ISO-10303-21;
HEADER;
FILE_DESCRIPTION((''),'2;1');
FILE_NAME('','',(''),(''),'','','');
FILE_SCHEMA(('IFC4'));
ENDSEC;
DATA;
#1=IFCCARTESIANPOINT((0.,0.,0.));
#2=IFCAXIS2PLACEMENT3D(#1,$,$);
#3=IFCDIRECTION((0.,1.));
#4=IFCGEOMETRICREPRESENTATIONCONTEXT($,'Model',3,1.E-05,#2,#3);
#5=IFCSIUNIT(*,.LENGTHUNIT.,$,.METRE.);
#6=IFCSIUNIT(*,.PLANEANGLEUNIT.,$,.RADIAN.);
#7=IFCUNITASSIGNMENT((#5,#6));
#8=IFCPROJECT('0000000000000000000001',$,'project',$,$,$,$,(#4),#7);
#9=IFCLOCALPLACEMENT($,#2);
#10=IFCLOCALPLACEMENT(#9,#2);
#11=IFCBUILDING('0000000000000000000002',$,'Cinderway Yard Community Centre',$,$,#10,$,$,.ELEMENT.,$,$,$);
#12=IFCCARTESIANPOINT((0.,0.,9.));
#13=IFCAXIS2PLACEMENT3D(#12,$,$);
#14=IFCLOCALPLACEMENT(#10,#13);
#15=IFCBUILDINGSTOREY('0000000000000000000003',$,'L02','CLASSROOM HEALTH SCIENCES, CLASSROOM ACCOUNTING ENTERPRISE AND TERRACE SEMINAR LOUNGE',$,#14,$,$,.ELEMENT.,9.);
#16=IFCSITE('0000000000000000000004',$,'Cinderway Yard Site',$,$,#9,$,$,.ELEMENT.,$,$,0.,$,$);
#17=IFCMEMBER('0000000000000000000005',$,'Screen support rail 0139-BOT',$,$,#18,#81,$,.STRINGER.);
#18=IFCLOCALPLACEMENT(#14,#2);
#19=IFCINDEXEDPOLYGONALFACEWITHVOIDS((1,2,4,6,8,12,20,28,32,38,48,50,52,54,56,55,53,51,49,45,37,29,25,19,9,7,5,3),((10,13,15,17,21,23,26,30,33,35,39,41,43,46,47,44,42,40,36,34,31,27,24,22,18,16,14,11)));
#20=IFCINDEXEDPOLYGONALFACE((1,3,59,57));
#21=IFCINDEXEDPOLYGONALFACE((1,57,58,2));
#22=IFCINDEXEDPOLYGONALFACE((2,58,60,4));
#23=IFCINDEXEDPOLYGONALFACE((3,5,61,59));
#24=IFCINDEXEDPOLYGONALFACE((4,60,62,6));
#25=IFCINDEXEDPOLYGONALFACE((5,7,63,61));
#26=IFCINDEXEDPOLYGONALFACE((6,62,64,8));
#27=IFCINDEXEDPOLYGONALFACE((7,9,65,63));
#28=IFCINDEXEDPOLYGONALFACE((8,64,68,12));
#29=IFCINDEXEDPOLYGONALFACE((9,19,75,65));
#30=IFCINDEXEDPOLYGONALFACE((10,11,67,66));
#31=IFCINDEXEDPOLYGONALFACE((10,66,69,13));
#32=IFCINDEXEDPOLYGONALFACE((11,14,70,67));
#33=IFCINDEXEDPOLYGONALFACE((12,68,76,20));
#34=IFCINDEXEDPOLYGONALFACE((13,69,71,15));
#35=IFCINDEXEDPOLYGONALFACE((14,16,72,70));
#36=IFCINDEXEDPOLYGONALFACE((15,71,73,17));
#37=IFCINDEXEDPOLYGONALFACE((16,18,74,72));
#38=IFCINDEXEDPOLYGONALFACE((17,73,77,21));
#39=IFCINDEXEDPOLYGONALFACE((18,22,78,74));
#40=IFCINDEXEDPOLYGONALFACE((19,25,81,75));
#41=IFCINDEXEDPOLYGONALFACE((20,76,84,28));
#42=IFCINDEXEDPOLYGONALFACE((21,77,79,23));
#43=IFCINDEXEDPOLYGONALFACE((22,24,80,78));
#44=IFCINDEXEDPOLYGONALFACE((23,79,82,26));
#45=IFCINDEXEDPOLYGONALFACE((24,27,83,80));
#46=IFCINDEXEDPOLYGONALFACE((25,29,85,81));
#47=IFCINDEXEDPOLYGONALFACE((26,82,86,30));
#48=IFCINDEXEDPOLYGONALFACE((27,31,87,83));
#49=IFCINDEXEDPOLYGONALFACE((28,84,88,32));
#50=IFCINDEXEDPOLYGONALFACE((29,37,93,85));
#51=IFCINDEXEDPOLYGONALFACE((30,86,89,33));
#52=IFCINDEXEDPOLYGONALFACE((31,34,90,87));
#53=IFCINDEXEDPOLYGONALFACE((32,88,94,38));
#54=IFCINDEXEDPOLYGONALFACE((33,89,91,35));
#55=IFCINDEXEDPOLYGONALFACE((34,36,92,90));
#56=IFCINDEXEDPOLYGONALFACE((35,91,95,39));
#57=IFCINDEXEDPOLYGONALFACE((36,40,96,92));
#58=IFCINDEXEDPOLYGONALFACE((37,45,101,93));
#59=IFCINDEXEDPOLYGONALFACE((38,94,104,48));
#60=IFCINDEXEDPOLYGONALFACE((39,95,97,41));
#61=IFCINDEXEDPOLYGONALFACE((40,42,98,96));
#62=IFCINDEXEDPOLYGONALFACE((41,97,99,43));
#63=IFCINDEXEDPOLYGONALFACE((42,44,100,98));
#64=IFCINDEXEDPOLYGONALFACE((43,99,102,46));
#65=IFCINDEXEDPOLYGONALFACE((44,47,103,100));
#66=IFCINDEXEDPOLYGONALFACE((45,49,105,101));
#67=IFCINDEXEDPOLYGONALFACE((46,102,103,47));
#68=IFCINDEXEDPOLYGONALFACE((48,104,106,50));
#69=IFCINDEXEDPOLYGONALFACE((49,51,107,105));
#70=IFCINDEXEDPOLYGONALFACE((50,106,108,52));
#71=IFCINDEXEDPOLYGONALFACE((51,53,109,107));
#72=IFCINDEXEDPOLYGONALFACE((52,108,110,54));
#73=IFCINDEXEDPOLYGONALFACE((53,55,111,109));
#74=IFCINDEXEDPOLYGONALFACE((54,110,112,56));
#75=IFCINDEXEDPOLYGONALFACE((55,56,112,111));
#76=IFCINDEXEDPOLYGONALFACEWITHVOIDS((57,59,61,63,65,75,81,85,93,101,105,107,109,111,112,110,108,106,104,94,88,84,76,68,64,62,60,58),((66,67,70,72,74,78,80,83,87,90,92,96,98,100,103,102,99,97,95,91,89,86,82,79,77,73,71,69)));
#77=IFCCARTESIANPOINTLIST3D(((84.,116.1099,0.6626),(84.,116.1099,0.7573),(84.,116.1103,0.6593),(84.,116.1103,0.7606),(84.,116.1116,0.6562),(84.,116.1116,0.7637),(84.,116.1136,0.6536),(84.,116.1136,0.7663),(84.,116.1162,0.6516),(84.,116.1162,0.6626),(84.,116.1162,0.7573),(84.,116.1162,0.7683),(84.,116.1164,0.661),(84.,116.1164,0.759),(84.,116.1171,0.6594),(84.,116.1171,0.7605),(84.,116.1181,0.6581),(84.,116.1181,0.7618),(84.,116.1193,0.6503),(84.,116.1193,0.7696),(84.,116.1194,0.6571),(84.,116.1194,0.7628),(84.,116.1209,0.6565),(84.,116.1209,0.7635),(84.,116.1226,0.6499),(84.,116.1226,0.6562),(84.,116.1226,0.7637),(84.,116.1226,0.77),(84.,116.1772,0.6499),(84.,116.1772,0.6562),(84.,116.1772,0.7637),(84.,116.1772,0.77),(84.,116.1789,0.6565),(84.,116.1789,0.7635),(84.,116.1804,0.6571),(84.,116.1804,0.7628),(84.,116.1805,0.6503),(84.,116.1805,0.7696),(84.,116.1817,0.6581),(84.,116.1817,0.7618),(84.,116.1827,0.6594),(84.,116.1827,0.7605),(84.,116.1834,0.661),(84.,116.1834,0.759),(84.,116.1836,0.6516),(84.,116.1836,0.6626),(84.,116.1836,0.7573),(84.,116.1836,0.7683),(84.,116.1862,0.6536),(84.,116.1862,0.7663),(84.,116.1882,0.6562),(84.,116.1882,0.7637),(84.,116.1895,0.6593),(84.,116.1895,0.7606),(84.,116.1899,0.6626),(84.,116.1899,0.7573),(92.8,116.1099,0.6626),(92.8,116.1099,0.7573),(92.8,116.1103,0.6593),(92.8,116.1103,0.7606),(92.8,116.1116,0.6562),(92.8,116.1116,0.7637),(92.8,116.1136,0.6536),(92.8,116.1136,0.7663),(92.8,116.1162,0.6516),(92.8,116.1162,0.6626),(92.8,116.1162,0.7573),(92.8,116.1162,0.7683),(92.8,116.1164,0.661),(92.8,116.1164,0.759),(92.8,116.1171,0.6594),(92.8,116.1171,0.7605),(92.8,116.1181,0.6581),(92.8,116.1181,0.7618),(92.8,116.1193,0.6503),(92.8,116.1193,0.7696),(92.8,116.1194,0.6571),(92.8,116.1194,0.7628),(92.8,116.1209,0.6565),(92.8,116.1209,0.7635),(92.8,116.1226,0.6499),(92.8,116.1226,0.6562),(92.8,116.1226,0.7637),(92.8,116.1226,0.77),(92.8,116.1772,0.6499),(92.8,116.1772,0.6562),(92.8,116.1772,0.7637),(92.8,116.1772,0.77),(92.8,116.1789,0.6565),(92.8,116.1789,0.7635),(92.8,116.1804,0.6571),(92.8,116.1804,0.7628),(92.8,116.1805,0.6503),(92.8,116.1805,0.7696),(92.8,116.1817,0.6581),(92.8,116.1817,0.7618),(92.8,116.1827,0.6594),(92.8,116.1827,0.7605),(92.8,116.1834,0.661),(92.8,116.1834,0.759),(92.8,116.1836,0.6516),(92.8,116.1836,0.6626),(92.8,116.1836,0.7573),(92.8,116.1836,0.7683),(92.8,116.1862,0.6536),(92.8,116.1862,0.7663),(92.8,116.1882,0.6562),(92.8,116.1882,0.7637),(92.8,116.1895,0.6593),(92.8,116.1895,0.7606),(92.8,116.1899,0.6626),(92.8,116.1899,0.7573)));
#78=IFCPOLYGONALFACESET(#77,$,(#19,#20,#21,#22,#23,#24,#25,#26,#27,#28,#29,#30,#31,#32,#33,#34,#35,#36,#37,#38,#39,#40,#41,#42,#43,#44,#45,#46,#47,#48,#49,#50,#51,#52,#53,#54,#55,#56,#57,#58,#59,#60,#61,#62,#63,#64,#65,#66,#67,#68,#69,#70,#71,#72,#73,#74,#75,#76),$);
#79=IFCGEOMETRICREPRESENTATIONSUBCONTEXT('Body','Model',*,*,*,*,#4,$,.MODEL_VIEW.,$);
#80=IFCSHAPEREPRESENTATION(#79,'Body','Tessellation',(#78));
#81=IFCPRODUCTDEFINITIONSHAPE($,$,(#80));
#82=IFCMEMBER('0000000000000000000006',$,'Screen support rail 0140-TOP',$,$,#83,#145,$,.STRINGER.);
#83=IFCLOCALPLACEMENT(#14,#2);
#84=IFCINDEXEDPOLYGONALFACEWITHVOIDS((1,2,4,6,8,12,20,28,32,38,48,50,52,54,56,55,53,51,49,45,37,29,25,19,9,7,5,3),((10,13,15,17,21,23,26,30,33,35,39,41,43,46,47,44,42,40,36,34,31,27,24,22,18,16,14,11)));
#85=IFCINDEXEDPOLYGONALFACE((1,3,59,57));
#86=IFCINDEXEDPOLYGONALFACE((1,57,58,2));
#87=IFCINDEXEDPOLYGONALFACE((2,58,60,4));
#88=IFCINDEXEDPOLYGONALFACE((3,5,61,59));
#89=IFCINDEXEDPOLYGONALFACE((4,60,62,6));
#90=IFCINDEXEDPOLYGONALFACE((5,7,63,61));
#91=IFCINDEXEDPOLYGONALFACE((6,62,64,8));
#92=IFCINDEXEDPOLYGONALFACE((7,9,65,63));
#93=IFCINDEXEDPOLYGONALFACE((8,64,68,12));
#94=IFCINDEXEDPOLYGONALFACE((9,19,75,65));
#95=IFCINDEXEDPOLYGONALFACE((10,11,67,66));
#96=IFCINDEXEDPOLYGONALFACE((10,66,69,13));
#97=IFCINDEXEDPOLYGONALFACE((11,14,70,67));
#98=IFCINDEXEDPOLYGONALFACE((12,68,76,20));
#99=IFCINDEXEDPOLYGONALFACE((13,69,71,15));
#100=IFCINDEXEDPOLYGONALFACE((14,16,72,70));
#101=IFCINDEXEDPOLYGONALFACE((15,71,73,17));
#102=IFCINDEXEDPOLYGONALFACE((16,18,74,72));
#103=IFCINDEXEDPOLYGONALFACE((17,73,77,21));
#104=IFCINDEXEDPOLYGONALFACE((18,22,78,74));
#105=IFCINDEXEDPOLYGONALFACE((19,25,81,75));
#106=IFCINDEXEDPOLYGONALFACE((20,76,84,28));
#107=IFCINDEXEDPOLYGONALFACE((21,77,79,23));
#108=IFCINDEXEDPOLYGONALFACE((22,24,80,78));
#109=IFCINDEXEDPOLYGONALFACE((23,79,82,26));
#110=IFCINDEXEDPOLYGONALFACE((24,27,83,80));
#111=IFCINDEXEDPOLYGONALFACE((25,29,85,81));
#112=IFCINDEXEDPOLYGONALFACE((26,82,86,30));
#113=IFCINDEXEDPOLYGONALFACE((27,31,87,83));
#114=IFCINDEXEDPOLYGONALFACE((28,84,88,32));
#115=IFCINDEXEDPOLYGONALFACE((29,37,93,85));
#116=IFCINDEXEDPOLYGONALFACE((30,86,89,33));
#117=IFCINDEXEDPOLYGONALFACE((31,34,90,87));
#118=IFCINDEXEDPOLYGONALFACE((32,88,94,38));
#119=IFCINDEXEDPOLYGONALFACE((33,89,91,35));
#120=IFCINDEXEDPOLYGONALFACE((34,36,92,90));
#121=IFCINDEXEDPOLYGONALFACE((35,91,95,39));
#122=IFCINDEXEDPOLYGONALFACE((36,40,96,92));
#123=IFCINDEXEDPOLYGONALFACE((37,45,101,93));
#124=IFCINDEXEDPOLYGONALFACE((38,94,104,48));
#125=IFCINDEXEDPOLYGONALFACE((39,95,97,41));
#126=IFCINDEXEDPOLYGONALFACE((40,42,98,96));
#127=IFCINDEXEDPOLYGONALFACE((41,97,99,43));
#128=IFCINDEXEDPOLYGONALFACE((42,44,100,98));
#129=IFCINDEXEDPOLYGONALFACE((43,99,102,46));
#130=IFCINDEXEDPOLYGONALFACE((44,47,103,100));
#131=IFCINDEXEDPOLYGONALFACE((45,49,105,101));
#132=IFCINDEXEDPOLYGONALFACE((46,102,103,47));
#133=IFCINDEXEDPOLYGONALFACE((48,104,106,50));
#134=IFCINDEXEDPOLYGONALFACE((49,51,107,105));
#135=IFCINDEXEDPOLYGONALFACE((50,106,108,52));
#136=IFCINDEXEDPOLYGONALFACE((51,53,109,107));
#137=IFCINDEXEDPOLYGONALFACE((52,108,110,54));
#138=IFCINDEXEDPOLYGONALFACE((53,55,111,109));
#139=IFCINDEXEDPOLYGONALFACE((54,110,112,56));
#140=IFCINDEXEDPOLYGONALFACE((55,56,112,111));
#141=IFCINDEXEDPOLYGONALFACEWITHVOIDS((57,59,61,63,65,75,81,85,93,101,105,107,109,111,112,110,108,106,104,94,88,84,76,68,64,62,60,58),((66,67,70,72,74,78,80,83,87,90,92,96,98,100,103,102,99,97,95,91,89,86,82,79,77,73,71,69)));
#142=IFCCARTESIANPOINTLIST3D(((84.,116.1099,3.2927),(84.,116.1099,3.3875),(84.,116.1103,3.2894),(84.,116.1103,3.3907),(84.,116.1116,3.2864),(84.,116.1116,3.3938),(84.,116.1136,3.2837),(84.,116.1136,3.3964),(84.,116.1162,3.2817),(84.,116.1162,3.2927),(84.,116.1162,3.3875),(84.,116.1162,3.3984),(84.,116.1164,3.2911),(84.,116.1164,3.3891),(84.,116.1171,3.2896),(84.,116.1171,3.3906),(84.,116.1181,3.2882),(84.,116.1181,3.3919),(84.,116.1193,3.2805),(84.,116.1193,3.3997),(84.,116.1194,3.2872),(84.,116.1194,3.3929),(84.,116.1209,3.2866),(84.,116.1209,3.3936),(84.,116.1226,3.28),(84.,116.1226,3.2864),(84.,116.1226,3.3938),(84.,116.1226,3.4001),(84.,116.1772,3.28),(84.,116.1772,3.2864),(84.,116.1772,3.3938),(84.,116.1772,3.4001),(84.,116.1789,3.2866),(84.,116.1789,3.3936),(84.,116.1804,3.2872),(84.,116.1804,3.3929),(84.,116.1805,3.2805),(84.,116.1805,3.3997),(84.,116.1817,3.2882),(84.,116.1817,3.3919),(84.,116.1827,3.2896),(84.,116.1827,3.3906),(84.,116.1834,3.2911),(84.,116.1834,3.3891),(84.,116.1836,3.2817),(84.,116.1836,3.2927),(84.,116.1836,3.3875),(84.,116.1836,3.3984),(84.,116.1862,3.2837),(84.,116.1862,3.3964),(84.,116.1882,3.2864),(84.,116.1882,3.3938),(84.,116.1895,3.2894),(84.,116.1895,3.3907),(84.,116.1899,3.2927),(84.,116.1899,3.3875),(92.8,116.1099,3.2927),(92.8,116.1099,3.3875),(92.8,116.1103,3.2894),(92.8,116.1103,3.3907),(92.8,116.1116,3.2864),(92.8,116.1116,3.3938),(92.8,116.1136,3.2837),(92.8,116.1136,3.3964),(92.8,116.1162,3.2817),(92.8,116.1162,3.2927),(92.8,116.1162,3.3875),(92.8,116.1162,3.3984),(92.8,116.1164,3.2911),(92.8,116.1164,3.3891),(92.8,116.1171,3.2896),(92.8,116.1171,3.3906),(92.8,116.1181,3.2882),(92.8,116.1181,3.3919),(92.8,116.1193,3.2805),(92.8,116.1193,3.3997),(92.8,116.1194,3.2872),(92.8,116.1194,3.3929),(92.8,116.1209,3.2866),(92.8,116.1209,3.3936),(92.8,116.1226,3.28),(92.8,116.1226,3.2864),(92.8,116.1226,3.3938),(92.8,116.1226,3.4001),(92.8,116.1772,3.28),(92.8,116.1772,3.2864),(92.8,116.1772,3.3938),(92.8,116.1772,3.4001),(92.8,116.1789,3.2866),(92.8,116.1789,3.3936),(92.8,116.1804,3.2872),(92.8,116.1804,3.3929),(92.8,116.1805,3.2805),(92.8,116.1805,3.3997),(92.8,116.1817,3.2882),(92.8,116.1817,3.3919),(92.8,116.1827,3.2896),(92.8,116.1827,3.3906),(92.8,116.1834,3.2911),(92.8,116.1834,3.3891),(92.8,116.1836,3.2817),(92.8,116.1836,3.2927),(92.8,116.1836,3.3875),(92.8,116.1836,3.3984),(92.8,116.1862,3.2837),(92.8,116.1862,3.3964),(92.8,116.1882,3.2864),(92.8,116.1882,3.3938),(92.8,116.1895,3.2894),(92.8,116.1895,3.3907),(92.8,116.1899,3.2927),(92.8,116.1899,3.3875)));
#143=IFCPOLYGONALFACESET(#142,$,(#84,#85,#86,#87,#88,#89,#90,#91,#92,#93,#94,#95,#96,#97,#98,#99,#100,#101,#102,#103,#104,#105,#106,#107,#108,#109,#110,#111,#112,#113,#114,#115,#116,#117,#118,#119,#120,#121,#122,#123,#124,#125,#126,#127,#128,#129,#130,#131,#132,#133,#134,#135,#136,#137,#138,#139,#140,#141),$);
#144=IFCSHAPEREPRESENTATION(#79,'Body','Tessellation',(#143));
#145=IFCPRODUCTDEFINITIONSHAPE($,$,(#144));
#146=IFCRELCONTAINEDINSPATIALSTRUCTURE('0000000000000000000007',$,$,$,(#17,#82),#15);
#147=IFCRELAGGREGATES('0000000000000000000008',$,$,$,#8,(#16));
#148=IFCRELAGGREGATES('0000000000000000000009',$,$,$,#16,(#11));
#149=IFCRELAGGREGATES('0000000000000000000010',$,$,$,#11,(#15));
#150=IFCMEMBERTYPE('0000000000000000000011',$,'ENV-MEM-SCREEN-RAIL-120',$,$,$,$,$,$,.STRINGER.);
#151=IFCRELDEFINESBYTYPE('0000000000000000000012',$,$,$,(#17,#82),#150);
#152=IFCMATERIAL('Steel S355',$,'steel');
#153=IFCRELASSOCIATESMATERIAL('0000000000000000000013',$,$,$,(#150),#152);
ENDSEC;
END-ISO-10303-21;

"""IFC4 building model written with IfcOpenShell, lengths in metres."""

from ifc_helpers import new_model, si_unit, direction, frame, origin, origin_2d, place, context, subcontext, project, spatial, hollow_rectangle, extrude, material, material_profile, profile_set, type_object, element, save


model = new_model("IFC4")

# Units and contexts
model_context = context("Model", 3, precision=1e-05, world=origin(), true_north=direction((0.0, 1.0)))
body_context = subcontext(model_context, "Body", "Model", "MODEL_VIEW")
ifc_project = project(units=[si_unit("LENGTHUNIT", "METRE"), si_unit("PLANEANGLEUNIT", "RADIAN")], contexts=[model_context])

# Site, building, storey
site_placement = place(None, origin())
site = spatial("IfcSite", under=ifc_project, at=site_placement, Name="Cinderway Yard Site", CompositionType="ELEMENT", RefElevation=0.0)
building_placement = place(site_placement, origin())
building = spatial("IfcBuilding", under=site, at=building_placement, Name="Cinderway Yard Community Centre", CompositionType="ELEMENT")
storey_placement = place(building_placement, frame((0.0, 0.0, 9.0)))
storey = spatial("IfcBuildingStorey", under=building, at=storey_placement, Name="L02", Description="CLASSROOM HEALTH SCIENCES, CLASSROOM ACCOUNTING ENTERPRISE AND TERRACE SEMINAR LOUNGE", CompositionType="ELEMENT", Elevation=9.0)

# Members
ifc_material_1 = material(Name="Steel S355", Category="steel")
ifc_material_profile = material_profile(ifc_material_1, hollow_rectangle(XDim=0.0801, YDim=0.1201, WallThickness=0.0063, InnerFilletRadius=0.0063, OuterFilletRadius=0.0127, at=origin_2d()), Name="Steel S355")
ifc_profile_set = profile_set([ifc_material_profile], Name="Steel S355")
member_type = type_object("IfcMemberType", Name="ENV-MEM-SCREEN-RAIL-120", PredefinedType="STRINGER", material=ifc_profile_set)
for number, where, z_axis, x_axis, name in (
    (1, (84.0, 116.1499, 0.71), (1.0, 0.0, 0.0), (0.0, 1.0, 0.0), "Screen support rail 0139-BOT"),
    (2, (84.0, 116.1499, 3.3401), (1.0, 0.0, 0.0), (0.0, 1.0, 0.0), "Screen support rail 0140-TOP"),
):
    element("IfcMember", number, at=place(storey_placement, frame(where, z_axis=z_axis, x_axis=x_axis)), inside=storey, type_object=member_type, Name=name, PredefinedType="STRINGER", context=body_context, shape_type="SweptSolid", body=[
        extrude(hollow_rectangle(XDim=0.0801, YDim=0.1201, WallThickness=0.0063, InnerFilletRadius=0.0063, OuterFilletRadius=0.0127, at=origin_2d()), origin(), (0.0, 0.0, 1.0), 8.8),
    ])

save(model, "model.ifc")
